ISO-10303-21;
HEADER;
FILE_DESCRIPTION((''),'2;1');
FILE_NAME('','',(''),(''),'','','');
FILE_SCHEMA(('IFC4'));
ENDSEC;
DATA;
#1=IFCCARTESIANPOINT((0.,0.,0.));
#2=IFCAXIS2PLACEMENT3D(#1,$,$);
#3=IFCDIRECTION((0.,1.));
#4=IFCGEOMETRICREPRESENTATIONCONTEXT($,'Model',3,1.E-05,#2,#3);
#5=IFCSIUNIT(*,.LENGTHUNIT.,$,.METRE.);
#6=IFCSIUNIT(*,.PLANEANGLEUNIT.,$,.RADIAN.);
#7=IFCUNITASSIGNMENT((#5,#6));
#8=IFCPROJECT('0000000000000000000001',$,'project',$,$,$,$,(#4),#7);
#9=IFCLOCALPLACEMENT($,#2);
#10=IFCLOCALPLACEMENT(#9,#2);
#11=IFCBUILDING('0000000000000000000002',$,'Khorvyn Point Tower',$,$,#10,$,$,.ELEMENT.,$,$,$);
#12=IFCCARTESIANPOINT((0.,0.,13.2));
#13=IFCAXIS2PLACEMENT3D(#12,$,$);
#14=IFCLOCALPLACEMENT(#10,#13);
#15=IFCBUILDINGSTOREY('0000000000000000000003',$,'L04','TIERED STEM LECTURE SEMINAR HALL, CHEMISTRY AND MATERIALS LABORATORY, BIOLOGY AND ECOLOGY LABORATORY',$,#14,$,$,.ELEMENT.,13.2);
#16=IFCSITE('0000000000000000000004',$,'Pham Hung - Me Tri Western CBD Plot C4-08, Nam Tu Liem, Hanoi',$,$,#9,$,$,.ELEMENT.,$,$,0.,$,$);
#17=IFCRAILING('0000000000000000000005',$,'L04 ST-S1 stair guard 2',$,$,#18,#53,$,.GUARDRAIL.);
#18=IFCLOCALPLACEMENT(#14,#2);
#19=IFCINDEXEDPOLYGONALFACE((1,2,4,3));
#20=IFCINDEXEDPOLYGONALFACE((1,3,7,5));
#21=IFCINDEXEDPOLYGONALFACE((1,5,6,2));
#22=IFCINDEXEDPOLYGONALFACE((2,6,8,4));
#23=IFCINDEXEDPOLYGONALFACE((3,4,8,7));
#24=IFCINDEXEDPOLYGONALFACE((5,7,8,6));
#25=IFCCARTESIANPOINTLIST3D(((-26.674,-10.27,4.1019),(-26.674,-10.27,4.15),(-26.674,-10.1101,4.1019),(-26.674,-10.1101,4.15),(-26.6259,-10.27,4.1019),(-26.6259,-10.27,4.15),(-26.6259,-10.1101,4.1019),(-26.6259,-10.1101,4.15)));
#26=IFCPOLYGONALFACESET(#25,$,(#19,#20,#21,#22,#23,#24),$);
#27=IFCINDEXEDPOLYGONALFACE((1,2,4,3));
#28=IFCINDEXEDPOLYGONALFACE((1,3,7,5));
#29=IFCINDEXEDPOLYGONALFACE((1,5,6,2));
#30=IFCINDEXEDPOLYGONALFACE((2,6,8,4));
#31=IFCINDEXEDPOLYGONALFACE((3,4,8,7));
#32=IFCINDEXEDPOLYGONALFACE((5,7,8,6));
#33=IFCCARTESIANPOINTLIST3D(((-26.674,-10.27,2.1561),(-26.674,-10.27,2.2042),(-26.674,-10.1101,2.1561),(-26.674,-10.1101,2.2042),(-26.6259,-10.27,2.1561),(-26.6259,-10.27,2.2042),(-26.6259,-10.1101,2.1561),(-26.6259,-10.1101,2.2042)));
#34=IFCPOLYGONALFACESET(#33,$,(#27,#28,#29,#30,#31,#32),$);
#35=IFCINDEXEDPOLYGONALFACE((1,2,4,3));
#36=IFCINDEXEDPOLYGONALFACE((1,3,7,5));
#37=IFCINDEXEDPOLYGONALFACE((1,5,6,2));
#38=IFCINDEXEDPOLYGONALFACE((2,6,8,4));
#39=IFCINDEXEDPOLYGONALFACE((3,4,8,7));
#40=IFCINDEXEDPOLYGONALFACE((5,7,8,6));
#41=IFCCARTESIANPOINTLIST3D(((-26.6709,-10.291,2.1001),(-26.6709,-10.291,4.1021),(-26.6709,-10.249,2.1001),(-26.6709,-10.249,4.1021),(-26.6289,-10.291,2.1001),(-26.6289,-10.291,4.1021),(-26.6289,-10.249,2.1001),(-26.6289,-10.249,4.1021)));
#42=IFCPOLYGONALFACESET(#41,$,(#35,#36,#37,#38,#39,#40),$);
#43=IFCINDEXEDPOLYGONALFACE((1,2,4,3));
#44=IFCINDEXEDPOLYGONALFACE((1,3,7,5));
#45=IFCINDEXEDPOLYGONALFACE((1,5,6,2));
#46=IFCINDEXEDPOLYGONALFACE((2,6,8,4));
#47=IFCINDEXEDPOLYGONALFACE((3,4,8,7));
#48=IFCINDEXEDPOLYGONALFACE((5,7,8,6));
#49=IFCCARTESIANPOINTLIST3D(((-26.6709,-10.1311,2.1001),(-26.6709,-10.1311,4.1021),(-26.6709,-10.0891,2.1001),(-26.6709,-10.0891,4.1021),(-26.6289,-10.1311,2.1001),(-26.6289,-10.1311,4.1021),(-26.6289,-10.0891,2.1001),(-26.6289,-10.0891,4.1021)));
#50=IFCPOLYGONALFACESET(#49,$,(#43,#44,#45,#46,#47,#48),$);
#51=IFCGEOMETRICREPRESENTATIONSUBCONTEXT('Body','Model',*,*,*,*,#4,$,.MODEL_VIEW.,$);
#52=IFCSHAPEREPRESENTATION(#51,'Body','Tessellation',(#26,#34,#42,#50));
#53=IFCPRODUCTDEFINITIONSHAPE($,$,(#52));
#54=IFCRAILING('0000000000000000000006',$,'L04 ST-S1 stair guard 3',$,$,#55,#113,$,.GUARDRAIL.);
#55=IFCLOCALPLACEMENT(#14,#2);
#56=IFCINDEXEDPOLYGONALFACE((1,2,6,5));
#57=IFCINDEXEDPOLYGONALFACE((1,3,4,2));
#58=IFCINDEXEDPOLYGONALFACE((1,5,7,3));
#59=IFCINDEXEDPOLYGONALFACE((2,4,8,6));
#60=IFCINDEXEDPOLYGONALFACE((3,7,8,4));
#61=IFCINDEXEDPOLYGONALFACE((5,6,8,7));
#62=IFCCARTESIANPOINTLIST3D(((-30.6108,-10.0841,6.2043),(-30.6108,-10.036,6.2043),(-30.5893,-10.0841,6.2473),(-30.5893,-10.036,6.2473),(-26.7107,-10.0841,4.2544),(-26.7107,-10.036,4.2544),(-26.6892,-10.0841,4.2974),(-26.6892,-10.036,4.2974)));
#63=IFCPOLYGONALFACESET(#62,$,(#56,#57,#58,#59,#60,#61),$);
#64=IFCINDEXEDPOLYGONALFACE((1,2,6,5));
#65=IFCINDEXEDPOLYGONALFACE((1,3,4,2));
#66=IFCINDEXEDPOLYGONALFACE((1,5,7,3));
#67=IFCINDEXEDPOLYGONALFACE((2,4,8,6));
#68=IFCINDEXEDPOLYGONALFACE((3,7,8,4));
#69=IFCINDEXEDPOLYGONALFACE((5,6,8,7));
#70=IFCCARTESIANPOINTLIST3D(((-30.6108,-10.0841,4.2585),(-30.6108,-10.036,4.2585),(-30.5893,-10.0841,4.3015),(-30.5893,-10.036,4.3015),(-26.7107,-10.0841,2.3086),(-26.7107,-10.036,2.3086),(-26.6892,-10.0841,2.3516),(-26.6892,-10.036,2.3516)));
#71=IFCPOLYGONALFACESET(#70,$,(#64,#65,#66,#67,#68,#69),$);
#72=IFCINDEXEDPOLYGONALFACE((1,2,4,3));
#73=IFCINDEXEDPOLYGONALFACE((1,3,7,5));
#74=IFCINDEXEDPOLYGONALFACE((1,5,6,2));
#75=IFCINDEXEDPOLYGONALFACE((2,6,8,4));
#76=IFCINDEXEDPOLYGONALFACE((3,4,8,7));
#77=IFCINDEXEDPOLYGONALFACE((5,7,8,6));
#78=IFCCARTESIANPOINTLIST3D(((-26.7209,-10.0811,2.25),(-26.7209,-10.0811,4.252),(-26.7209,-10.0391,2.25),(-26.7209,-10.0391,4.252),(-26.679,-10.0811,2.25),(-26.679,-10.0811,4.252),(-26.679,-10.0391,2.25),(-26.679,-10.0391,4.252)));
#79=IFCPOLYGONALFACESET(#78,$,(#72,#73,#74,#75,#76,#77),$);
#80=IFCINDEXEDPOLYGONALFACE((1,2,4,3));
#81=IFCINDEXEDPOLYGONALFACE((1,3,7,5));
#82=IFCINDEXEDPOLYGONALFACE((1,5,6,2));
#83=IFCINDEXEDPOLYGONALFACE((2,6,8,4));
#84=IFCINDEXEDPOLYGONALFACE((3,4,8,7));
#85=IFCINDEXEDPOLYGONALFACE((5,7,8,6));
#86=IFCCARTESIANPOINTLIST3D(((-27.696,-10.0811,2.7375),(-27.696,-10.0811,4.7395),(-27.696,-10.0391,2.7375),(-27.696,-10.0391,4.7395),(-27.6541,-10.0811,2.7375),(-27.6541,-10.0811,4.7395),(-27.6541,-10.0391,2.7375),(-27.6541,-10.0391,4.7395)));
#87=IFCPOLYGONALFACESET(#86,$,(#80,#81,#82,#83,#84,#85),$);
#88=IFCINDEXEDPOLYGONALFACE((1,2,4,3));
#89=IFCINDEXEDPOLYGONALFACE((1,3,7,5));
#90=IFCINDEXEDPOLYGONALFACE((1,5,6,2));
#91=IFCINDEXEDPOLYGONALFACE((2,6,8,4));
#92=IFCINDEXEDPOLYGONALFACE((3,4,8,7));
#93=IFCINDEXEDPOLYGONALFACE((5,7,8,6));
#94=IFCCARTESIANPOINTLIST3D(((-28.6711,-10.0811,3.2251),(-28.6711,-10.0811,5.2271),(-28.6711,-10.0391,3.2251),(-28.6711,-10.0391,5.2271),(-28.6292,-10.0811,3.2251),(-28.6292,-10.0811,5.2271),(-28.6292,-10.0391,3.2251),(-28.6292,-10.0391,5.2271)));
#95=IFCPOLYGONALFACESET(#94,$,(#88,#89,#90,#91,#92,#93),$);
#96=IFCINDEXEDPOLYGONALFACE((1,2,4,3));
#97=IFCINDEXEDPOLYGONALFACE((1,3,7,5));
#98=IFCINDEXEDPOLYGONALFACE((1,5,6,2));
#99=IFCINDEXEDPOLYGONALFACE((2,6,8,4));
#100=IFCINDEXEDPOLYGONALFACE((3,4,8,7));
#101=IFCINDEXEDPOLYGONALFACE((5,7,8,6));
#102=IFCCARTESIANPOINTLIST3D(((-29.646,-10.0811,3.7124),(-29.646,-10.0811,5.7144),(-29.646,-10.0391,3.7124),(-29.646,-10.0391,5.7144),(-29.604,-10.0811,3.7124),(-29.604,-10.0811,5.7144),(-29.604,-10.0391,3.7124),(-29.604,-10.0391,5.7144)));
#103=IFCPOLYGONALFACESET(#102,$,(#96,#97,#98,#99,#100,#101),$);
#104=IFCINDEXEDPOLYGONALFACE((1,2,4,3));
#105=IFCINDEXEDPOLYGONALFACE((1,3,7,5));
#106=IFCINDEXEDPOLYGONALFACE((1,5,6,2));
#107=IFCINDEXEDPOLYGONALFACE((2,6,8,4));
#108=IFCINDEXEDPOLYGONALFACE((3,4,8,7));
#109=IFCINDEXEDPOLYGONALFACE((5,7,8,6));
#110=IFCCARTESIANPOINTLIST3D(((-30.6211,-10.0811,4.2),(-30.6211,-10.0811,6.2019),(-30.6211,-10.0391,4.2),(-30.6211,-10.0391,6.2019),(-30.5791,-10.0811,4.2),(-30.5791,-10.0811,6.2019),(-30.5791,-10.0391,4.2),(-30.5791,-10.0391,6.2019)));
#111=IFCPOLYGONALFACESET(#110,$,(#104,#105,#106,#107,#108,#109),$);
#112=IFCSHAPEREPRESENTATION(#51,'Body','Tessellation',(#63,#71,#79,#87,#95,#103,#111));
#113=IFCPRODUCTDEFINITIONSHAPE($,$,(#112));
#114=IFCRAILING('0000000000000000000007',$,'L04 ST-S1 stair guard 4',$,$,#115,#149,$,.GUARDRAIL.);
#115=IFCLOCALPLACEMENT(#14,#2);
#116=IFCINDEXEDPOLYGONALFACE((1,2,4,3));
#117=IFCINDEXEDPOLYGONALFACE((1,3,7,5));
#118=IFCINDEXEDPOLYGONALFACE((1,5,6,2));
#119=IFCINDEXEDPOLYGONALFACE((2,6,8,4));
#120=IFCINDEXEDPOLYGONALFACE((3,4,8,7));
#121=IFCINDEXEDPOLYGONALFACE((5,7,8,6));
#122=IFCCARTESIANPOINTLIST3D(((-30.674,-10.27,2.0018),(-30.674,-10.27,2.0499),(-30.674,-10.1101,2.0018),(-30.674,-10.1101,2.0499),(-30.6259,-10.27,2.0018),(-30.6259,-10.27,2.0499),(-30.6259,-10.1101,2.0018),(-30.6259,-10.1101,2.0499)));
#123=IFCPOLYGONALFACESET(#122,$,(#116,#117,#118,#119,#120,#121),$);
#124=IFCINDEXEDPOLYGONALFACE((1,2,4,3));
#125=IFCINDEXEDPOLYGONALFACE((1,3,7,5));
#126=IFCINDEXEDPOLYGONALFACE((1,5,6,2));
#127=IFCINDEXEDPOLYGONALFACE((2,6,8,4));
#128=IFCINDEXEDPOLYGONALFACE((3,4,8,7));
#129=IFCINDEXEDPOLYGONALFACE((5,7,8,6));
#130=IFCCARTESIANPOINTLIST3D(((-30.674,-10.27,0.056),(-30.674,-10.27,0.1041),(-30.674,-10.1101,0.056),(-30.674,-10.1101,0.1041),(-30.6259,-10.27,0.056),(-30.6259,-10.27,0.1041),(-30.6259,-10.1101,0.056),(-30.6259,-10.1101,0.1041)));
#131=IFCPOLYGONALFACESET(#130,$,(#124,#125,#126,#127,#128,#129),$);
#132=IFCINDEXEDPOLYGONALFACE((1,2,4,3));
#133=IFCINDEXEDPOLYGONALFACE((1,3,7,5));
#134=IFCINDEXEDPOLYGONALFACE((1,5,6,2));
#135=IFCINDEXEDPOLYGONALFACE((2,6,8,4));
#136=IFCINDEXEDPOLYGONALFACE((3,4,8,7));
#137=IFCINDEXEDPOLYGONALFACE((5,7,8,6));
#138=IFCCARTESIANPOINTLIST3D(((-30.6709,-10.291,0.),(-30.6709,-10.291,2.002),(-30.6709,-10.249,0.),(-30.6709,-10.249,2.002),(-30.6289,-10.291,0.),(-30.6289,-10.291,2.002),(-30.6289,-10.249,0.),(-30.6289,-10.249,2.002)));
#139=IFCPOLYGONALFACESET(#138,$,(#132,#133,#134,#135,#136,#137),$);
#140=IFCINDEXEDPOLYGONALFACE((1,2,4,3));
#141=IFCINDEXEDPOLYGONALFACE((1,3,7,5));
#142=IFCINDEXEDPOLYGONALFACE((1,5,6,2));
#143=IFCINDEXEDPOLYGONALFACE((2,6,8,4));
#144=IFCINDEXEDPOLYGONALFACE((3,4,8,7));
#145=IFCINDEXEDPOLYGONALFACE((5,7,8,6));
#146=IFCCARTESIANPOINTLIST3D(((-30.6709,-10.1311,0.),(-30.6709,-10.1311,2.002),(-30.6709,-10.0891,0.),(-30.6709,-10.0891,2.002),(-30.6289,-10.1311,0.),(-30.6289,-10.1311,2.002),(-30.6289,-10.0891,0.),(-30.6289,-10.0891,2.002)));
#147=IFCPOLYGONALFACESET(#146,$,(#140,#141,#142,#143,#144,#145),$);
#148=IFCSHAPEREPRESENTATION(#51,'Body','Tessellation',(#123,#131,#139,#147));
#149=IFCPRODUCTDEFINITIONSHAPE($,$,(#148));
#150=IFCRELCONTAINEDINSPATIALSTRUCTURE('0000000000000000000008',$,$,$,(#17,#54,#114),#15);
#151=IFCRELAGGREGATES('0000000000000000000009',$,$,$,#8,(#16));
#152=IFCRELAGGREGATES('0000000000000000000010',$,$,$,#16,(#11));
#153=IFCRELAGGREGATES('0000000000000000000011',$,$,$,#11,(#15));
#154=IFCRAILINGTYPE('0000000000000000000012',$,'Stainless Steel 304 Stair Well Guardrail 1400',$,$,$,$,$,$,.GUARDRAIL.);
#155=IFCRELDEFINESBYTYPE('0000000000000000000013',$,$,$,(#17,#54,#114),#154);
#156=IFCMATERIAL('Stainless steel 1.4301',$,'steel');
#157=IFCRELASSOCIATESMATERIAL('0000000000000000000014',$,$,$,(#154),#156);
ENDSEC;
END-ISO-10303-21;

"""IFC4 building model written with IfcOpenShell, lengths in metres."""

from ifc_helpers import new_model, si_unit, direction, frame, origin, origin_2d, place, context, subcontext, project, spatial, rectangle, extrude, material, type_object, element, save


model = new_model("IFC4")

# Units and contexts
model_context = context("Model", 3, precision=1e-05, world=origin(), true_north=direction((0.0, 1.0)))
body_context = subcontext(model_context, "Body", "Model", "MODEL_VIEW")
ifc_project = project(units=[si_unit("LENGTHUNIT", "METRE"), si_unit("PLANEANGLEUNIT", "RADIAN")], contexts=[model_context])

# Site, building, storey
site_placement = place(None, origin())
site = spatial("IfcSite", under=ifc_project, at=site_placement, Name="Pham Hung - Me Tri Western CBD Plot C4-08, Nam Tu Liem, Hanoi", CompositionType="ELEMENT", RefElevation=0.0)
building_placement = place(site_placement, origin())
building = spatial("IfcBuilding", under=site, at=building_placement, Name="Khorvyn Point Tower", CompositionType="ELEMENT")
storey_placement = place(building_placement, frame((0.0, 0.0, 13.2)))
storey = spatial("IfcBuildingStorey", under=building, at=storey_placement, Name="L04", Description="TIERED STEM LECTURE SEMINAR HALL, CHEMISTRY AND MATERIALS LABORATORY, BIOLOGY AND ECOLOGY LABORATORY", CompositionType="ELEMENT", Elevation=13.2)

# Shared definitions
ifc_material_1 = material(Name="Stainless steel 1.4301", Category="steel")

# Railings
railing_type_1 = type_object("IfcRailingType", Name="Stainless Steel 304 Stair Well Guardrail 1400", PredefinedType="GUARDRAIL", material=ifc_material_1)
railing_1_placement = place(storey_placement, frame((-26.6499, -10.27, 2.1001)))
element("IfcRailing", 1, at=railing_1_placement, inside=storey, type_object=railing_type_1, Name="L04 ST-S1 stair guard 2", PredefinedType="GUARDRAIL", context=body_context, shape_type="SweptSolid", body=[
    extrude(rectangle(XDim=0.0481, YDim=0.0481, at=origin_2d()), frame((0.0, 0.0, 2.0259), z_axis=(0.0, 1.0, 0.0), x_axis=(-1.0, 0.0, 0.0)), (0.0, 0.0, 1.0), 0.1599),
    extrude(rectangle(XDim=0.0481, YDim=0.0481, at=origin_2d()), frame((0.0, 0.0, 0.0801), z_axis=(0.0, 1.0, 0.0), x_axis=(-1.0, 0.0, 0.0)), (0.0, 0.0, 1.0), 0.1599),
    extrude(rectangle(XDim=0.042, YDim=0.042, at=origin_2d()), origin(), (0.0, 0.0, 1.0), 2.002),
    extrude(rectangle(XDim=0.042, YDim=0.042, at=origin_2d()), frame((0.0, 0.1599, 0.0)), (0.0, 0.0, 1.0), 2.002),
])
railing_2_placement = place(storey_placement, frame((-26.7, -10.0601, 2.25)))
element("IfcRailing", 2, at=railing_2_placement, inside=storey, type_object=railing_type_1, Name="L04 ST-S1 stair guard 3", PredefinedType="GUARDRAIL", context=body_context, shape_type="SweptSolid", body=[
    extrude(rectangle(XDim=0.0481, YDim=0.0481, at=origin_2d()), frame((0.0, 0.0, 2.0259), z_axis=(-0.894438, 0.0, 0.447191), x_axis=(0.0, -1.0, 0.0)), (0.0, 0.0, 1.0), 4.3604),
    extrude(rectangle(XDim=0.0481, YDim=0.0481, at=origin_2d()), frame((0.0, 0.0, 0.0801), z_axis=(-0.894438, 0.0, 0.447191), x_axis=(0.0, -1.0, 0.0)), (0.0, 0.0, 1.0), 4.3604),
    extrude(rectangle(XDim=0.042, YDim=0.042, at=origin_2d()), origin(), (0.0, 0.0, 1.0), 2.002),
    extrude(rectangle(XDim=0.042, YDim=0.042, at=origin_2d()), frame((-0.9751, 0.0, 0.4875)), (0.0, 0.0, 1.0), 2.002),
    extrude(rectangle(XDim=0.042, YDim=0.042, at=origin_2d()), frame((-1.9502, 0.0, 0.9751)), (0.0, 0.0, 1.0), 2.002),
    extrude(rectangle(XDim=0.042, YDim=0.042, at=origin_2d()), frame((-2.925, 0.0, 1.4624)), (0.0, 0.0, 1.0), 2.002),
    extrude(rectangle(XDim=0.042, YDim=0.042, at=origin_2d()), frame((-3.9001, 0.0, 1.95)), (0.0, 0.0, 1.0), 2.002),
])
railing_3_placement = place(storey_placement, frame((-30.6499, -10.27, 0.0)))
element("IfcRailing", 3, at=railing_3_placement, inside=storey, type_object=railing_type_1, Name="L04 ST-S1 stair guard 4", PredefinedType="GUARDRAIL", context=body_context, shape_type="SweptSolid", body=[
    extrude(rectangle(XDim=0.0481, YDim=0.0481, at=origin_2d()), frame((0.0, 0.0, 2.0259), z_axis=(0.0, 1.0, 0.0), x_axis=(-1.0, 0.0, 0.0)), (0.0, 0.0, 1.0), 0.1599),
    extrude(rectangle(XDim=0.0481, YDim=0.0481, at=origin_2d()), frame((0.0, 0.0, 0.0801), z_axis=(0.0, 1.0, 0.0), x_axis=(-1.0, 0.0, 0.0)), (0.0, 0.0, 1.0), 0.1599),
    extrude(rectangle(XDim=0.042, YDim=0.042, at=origin_2d()), origin(), (0.0, 0.0, 1.0), 2.002),
    extrude(rectangle(XDim=0.042, YDim=0.042, at=origin_2d()), frame((0.0, 0.1599, 0.0)), (0.0, 0.0, 1.0), 2.002),
])

save(model, "model.ifc")
